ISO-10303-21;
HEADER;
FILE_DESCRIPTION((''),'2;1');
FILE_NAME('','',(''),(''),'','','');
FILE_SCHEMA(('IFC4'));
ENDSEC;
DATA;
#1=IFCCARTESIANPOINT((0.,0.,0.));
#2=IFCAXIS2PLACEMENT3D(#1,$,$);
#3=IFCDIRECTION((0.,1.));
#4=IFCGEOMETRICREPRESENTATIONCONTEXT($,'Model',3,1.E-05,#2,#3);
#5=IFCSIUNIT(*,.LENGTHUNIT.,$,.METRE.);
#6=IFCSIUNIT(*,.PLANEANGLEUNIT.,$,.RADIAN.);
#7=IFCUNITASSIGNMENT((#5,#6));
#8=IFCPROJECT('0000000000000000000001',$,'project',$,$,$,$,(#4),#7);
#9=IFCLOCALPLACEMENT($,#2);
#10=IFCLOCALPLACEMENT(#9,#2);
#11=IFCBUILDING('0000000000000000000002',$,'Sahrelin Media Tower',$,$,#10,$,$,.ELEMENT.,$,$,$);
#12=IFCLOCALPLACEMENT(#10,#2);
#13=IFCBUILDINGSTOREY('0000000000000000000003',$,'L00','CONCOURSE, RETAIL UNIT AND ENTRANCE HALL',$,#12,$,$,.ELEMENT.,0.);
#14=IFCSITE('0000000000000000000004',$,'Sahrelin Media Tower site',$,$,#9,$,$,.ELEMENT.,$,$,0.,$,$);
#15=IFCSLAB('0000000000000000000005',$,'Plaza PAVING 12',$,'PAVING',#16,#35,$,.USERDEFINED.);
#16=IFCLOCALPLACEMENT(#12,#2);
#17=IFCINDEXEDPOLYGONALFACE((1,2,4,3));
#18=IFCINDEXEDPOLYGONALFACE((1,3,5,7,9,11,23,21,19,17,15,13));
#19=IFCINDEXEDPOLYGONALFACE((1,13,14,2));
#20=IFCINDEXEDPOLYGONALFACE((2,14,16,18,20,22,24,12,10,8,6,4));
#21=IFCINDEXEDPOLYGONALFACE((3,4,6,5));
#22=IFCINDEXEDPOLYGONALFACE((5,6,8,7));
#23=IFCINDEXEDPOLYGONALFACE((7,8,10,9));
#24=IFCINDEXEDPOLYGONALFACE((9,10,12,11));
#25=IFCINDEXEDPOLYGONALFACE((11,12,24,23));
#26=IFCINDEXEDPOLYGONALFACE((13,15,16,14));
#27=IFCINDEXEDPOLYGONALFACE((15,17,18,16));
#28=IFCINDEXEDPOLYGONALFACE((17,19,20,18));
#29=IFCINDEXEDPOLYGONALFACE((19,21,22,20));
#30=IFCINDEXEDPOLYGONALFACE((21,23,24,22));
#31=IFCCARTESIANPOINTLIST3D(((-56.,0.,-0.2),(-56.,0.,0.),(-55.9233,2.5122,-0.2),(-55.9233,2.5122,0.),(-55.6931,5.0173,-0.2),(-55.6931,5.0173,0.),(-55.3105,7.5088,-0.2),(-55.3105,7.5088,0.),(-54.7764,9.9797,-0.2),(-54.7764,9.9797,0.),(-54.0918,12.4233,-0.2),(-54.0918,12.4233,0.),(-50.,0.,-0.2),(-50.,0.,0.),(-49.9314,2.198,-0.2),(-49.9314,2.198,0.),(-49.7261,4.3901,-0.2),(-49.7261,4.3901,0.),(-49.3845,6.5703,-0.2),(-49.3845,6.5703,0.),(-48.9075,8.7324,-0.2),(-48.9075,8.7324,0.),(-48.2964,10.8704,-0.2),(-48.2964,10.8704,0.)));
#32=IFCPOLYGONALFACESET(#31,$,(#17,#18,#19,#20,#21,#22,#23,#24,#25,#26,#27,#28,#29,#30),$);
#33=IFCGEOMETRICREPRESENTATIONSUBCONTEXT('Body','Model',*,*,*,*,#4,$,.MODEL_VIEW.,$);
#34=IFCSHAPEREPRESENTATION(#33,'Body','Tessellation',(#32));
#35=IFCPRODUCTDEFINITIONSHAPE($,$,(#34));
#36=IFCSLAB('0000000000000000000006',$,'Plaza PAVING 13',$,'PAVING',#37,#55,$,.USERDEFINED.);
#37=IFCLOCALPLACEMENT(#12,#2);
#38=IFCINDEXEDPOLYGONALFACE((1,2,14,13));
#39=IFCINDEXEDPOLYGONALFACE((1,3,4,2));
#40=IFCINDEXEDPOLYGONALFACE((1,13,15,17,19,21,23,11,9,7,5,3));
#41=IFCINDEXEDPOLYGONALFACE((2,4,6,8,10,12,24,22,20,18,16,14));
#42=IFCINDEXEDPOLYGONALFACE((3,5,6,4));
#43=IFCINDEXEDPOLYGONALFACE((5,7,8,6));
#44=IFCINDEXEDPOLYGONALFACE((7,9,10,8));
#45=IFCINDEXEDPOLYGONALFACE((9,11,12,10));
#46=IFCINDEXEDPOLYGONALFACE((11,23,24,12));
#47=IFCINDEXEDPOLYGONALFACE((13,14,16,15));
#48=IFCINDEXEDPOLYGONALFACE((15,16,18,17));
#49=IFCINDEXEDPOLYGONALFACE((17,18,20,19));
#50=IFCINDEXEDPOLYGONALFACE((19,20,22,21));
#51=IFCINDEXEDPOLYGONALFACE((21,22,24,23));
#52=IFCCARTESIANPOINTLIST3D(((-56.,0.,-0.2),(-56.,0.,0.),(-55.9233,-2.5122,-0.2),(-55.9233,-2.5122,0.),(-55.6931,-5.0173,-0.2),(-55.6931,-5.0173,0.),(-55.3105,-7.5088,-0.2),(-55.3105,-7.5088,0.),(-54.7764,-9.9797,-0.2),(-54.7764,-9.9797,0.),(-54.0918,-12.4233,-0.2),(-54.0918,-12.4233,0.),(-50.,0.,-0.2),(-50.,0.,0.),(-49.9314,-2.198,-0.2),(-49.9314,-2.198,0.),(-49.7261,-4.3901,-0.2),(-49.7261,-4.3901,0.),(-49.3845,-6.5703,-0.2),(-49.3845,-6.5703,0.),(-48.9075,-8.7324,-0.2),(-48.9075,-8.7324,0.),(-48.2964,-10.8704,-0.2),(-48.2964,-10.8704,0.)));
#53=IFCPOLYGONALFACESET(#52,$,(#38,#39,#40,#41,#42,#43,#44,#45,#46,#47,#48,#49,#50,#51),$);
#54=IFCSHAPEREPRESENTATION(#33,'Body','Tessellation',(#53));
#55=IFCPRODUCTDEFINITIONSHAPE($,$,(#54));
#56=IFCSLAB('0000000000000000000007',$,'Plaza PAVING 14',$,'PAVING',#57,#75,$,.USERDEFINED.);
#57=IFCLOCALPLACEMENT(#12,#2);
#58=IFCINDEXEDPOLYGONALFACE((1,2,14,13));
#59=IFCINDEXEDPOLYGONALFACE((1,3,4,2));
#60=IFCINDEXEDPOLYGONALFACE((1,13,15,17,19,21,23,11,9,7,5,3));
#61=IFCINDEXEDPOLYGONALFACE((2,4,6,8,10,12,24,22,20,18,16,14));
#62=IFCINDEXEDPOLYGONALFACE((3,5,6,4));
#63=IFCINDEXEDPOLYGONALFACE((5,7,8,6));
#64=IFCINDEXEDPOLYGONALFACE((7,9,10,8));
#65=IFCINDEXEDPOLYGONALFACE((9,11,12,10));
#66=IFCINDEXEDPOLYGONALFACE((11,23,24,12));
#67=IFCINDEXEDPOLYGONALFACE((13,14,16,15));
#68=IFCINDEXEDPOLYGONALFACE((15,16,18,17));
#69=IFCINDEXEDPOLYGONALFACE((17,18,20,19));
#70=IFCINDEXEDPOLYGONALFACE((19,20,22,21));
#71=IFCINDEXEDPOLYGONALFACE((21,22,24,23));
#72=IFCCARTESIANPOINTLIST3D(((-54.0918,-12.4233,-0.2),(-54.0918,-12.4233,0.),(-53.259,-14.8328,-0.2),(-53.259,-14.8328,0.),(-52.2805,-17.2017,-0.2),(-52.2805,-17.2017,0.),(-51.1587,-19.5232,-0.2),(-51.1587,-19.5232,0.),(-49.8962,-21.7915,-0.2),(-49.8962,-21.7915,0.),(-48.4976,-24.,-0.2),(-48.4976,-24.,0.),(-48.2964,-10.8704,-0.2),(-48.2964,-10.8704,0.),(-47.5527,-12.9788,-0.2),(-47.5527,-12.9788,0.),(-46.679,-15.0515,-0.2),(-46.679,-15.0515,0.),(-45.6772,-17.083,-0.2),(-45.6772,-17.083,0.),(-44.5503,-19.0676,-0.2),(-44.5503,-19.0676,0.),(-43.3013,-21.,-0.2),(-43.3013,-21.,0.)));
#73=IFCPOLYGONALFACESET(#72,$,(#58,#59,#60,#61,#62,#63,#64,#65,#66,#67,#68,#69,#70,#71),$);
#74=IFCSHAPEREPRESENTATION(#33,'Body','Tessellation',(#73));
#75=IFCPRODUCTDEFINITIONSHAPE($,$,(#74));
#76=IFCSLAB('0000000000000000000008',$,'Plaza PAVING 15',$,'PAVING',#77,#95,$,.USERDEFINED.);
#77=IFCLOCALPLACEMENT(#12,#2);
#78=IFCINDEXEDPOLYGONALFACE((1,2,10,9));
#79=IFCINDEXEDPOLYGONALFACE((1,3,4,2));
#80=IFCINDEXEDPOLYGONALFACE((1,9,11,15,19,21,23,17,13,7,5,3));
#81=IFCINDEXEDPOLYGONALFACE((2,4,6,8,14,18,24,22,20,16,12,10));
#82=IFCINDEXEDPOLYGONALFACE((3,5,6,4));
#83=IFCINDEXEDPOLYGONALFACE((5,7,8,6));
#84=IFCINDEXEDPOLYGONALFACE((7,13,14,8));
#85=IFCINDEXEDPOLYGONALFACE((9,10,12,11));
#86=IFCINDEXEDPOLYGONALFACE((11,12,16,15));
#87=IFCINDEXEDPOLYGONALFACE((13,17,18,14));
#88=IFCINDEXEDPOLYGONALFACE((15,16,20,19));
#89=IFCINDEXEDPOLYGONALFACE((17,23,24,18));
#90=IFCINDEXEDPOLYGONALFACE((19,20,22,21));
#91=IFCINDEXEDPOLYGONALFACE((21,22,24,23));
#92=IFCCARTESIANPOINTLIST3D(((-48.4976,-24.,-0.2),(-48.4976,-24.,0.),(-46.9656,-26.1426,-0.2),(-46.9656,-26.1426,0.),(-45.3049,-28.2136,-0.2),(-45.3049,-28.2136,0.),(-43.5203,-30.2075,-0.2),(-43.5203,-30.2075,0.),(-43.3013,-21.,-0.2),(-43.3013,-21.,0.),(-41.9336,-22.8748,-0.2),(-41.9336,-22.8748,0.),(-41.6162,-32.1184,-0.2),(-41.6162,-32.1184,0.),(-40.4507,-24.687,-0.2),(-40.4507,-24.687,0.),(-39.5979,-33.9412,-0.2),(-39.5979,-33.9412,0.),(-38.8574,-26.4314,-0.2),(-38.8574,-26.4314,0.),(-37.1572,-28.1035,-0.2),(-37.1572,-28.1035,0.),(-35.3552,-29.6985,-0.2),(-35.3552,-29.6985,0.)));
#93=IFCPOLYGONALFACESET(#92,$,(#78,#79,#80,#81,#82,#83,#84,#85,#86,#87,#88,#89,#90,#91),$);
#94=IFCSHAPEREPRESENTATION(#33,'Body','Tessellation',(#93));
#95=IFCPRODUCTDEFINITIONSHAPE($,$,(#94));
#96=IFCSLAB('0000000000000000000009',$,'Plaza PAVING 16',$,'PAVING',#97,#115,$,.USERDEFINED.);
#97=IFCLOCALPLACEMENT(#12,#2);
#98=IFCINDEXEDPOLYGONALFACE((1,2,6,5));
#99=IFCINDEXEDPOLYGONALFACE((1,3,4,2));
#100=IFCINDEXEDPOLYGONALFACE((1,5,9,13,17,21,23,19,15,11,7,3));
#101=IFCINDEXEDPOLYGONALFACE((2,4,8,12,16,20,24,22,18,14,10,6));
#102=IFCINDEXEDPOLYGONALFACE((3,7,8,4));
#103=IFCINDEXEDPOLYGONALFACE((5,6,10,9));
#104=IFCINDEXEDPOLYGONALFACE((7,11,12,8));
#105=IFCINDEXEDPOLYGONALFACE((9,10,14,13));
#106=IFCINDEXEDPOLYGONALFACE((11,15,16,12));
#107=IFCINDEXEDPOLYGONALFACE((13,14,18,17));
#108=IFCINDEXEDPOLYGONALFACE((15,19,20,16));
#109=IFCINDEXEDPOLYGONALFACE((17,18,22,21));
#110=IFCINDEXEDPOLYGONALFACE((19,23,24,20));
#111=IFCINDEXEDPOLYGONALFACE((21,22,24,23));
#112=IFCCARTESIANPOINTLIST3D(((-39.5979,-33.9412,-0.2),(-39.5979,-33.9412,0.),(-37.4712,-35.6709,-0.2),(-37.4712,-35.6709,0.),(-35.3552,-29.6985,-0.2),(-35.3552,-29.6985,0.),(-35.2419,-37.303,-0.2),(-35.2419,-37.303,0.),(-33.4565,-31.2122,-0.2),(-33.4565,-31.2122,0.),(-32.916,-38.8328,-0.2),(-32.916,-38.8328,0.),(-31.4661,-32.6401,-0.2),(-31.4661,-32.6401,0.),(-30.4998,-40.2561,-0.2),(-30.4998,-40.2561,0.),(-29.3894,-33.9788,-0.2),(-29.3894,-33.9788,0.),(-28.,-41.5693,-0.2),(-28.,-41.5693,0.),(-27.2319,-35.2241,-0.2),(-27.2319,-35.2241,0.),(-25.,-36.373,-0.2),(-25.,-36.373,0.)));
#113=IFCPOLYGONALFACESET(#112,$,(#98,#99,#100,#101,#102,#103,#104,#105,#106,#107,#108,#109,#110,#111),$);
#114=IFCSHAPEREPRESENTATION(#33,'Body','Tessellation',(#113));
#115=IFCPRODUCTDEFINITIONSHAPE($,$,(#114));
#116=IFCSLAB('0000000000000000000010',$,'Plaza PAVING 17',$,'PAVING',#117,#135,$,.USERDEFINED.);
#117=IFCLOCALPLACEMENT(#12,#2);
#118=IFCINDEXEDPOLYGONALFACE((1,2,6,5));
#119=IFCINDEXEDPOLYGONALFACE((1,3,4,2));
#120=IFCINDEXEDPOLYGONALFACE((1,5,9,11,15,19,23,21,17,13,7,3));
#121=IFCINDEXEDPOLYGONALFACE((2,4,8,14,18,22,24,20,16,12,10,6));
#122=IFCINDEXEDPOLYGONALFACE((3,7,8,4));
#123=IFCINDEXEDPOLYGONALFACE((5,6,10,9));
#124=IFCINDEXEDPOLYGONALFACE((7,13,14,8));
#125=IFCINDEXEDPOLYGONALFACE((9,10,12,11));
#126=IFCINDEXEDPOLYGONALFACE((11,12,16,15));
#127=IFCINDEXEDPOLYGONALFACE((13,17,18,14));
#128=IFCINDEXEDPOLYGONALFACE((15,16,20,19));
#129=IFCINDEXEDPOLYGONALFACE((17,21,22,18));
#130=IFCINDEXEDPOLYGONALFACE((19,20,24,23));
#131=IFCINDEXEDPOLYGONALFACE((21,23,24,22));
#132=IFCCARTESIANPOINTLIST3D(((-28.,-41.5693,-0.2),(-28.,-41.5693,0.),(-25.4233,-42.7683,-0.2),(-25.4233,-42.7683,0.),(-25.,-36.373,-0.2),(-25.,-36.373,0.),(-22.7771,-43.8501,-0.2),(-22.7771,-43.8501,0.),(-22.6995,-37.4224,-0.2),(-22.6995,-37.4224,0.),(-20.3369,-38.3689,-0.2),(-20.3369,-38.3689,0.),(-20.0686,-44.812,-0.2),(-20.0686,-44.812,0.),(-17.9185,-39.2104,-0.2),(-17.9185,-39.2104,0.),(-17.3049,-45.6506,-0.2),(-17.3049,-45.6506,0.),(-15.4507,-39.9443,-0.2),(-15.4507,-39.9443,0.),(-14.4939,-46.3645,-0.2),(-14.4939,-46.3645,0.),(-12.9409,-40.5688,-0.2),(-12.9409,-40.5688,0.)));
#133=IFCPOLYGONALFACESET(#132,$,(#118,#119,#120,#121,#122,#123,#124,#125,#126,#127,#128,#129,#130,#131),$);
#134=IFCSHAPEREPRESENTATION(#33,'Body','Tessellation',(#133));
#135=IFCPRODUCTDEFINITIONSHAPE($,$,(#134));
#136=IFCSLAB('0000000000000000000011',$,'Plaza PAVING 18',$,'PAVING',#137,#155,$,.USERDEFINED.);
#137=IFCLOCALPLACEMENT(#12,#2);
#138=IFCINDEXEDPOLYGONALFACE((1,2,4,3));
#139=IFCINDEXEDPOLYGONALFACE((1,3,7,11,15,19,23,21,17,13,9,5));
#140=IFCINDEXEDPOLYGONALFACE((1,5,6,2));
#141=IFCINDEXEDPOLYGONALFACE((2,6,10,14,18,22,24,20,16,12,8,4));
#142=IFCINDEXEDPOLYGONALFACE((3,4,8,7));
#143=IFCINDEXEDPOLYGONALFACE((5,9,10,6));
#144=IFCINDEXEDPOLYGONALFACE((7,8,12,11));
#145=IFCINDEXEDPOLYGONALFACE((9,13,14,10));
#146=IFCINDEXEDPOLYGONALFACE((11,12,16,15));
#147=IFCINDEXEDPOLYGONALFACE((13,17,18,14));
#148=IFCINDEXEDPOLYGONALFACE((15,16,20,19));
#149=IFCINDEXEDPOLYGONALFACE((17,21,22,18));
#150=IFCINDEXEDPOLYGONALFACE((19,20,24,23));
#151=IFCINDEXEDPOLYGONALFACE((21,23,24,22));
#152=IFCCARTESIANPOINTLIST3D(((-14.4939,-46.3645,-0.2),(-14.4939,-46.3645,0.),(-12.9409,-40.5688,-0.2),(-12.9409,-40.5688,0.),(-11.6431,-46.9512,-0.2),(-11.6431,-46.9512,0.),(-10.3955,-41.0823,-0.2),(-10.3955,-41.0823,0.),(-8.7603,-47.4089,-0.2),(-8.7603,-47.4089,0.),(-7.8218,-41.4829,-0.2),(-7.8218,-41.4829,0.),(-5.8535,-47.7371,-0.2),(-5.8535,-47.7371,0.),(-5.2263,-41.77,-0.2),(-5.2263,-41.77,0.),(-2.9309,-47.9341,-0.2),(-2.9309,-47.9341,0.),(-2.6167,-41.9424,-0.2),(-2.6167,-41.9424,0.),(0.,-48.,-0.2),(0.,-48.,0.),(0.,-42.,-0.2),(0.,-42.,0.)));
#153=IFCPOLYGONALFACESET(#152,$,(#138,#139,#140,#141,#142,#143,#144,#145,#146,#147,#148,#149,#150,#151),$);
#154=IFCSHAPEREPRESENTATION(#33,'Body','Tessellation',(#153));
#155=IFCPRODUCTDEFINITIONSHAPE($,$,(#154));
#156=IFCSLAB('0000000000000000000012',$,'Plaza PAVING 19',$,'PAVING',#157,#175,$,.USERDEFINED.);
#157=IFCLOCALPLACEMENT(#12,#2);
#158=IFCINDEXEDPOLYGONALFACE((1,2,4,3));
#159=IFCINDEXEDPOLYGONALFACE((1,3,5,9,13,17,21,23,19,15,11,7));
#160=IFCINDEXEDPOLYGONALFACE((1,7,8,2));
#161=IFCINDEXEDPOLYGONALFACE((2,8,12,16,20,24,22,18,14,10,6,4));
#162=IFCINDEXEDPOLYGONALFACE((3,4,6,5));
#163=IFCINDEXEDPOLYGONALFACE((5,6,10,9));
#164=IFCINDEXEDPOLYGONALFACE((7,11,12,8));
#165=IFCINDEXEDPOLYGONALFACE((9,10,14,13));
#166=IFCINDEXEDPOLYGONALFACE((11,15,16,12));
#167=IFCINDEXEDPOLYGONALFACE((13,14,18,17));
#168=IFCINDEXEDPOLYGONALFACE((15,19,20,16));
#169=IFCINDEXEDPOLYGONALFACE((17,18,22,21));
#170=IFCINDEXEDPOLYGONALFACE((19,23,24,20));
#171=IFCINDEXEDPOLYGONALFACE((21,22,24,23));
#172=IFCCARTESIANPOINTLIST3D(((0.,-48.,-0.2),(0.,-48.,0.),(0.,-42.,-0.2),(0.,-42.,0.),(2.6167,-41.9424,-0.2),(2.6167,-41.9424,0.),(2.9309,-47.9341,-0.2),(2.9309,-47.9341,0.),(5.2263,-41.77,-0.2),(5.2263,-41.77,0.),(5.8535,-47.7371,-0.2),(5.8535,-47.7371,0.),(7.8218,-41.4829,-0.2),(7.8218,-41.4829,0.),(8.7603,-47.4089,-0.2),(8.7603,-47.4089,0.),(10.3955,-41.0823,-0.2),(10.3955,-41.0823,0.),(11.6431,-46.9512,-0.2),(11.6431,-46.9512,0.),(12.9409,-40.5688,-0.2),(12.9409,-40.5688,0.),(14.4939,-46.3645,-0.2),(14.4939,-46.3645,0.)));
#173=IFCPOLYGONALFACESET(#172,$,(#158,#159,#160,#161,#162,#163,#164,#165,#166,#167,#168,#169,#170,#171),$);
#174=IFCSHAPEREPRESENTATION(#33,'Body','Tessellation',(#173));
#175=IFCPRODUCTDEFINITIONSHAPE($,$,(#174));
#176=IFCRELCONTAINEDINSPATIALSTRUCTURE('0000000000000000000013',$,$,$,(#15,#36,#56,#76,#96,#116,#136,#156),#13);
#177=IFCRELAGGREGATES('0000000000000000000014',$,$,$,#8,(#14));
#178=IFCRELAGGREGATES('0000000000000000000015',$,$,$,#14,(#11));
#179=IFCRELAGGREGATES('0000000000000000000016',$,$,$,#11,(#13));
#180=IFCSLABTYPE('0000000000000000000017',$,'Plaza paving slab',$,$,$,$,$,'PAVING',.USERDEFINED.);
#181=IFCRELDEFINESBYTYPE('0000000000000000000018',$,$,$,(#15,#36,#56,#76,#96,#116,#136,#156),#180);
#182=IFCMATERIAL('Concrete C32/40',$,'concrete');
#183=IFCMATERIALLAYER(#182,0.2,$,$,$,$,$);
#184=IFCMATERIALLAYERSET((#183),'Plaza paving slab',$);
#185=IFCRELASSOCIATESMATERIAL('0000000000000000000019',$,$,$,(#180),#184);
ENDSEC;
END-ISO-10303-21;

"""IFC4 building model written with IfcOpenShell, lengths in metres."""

from ifc_helpers import new_model, si_unit, direction, frame, origin, place, context, subcontext, project, spatial, polyline, outline, extrude, material, layer, layer_set, type_object, element, save


model = new_model("IFC4")

# Units and contexts
model_context = context("Model", 3, precision=1e-05, world=origin(), true_north=direction((0.0, 1.0)))
body_context = subcontext(model_context, "Body", "Model", "MODEL_VIEW")
ifc_project = project(units=[si_unit("LENGTHUNIT", "METRE"), si_unit("PLANEANGLEUNIT", "RADIAN")], contexts=[model_context])

# Site, building, storey
site_placement = place(None, origin())
site = spatial("IfcSite", under=ifc_project, at=site_placement, Name="Sahrelin Media Tower site", CompositionType="ELEMENT", RefElevation=0.0)
building_placement = place(site_placement, origin())
building = spatial("IfcBuilding", under=site, at=building_placement, Name="Sahrelin Media Tower", CompositionType="ELEMENT")
storey_placement = place(building_placement, origin())
storey = spatial("IfcBuildingStorey", under=building, at=storey_placement, Name="L00", Description="CONCOURSE, RETAIL UNIT AND ENTRANCE HALL", CompositionType="ELEMENT", Elevation=0.0)

# Slabs
ifc_material_1 = material(Name="Concrete C32/40", Category="concrete")
ifc_layer_1 = layer(ifc_material_1, 0.2)
ifc_layer_set_1 = layer_set([ifc_layer_1], Name="Plaza paving slab")
slab_type = type_object("IfcSlabType", Name="Plaza paving slab", ElementType="PAVING", PredefinedType="USERDEFINED", material=ifc_layer_set_1)
placement = place(storey_placement, frame((0.0, 0.0, -0.2)))
element("IfcSlab", 1, at=placement, inside=storey, type_object=slab_type, Name="Plaza PAVING 12", ObjectType="PAVING", PredefinedType="USERDEFINED", context=body_context, shape_type="SweptSolid", body=[
    extrude(outline(polyline([(-48.2964, 10.8704), (-48.9075, 8.7324), (-49.3845, 6.5703), (-49.7261, 4.3901), (-49.9314, 2.198), (-50.0, 0.0), (-56.0, 0.0), (-55.9233, 2.5122), (-55.6931, 5.0173), (-55.3105, 7.5088), (-54.7764, 9.9797), (-54.0918, 12.4233), (-48.2964, 10.8704)])), origin(), (0.0, 0.0, 1.0), 0.2),
])
element("IfcSlab", 2, at=placement, inside=storey, type_object=slab_type, Name="Plaza PAVING 13", ObjectType="PAVING", PredefinedType="USERDEFINED", context=body_context, shape_type="SweptSolid", body=[
    extrude(outline(polyline([(-50.0, 0.0), (-49.9314, -2.198), (-49.7261, -4.3901), (-49.3845, -6.5703), (-48.9075, -8.7324), (-48.2964, -10.8704), (-54.0918, -12.4233), (-54.7764, -9.9797), (-55.3105, -7.5088), (-55.6931, -5.0173), (-55.9233, -2.5122), (-56.0, 0.0), (-50.0, 0.0)])), origin(), (0.0, 0.0, 1.0), 0.2),
])
element("IfcSlab", 3, at=placement, inside=storey, type_object=slab_type, Name="Plaza PAVING 14", ObjectType="PAVING", PredefinedType="USERDEFINED", context=body_context, shape_type="SweptSolid", body=[
    extrude(outline(polyline([(-48.2964, -10.8704), (-47.5527, -12.9788), (-46.679, -15.0515), (-45.6772, -17.083), (-44.5503, -19.0676), (-43.3013, -21.0), (-48.4976, -24.0), (-49.8962, -21.7915), (-51.1587, -19.5232), (-52.2805, -17.2017), (-53.259, -14.8328), (-54.0918, -12.4233), (-48.2964, -10.8704)])), origin(), (0.0, 0.0, 1.0), 0.2),
])
element("IfcSlab", 4, at=placement, inside=storey, type_object=slab_type, Name="Plaza PAVING 15", ObjectType="PAVING", PredefinedType="USERDEFINED", context=body_context, shape_type="SweptSolid", body=[
    extrude(outline(polyline([(-43.3013, -21.0), (-41.9336, -22.8748), (-40.4507, -24.687), (-38.8574, -26.4314), (-37.1572, -28.1035), (-35.3552, -29.6985), (-39.5979, -33.9412), (-41.6162, -32.1184), (-43.5203, -30.2075), (-45.3049, -28.2136), (-46.9656, -26.1426), (-48.4976, -24.0), (-43.3013, -21.0)])), origin(), (0.0, 0.0, 1.0), 0.2),
])
element("IfcSlab", 5, at=placement, inside=storey, type_object=slab_type, Name="Plaza PAVING 16", ObjectType="PAVING", PredefinedType="USERDEFINED", context=body_context, shape_type="SweptSolid", body=[
    extrude(outline(polyline([(-35.3552, -29.6985), (-33.4565, -31.2122), (-31.4661, -32.6401), (-29.3894, -33.9788), (-27.2319, -35.2241), (-25.0, -36.373), (-28.0, -41.5693), (-30.4998, -40.2561), (-32.916, -38.8328), (-35.2419, -37.303), (-37.4712, -35.6709), (-39.5979, -33.9412), (-35.3552, -29.6985)])), origin(), (0.0, 0.0, 1.0), 0.2),
])
element("IfcSlab", 6, at=placement, inside=storey, type_object=slab_type, Name="Plaza PAVING 17", ObjectType="PAVING", PredefinedType="USERDEFINED", context=body_context, shape_type="SweptSolid", body=[
    extrude(outline(polyline([(-25.0, -36.373), (-22.6995, -37.4224), (-20.3369, -38.3689), (-17.9185, -39.2104), (-15.4507, -39.9443), (-12.9409, -40.5688), (-14.4939, -46.3645), (-17.3049, -45.6506), (-20.0686, -44.812), (-22.7771, -43.8501), (-25.4233, -42.7683), (-28.0, -41.5693), (-25.0, -36.373)])), origin(), (0.0, 0.0, 1.0), 0.2),
])
element("IfcSlab", 7, at=placement, inside=storey, type_object=slab_type, Name="Plaza PAVING 18", ObjectType="PAVING", PredefinedType="USERDEFINED", context=body_context, shape_type="SweptSolid", body=[
    extrude(outline(polyline([(-12.9409, -40.5688), (-10.3955, -41.0823), (-7.8218, -41.4829), (-5.2263, -41.77), (-2.6167, -41.9424), (0.0, -42.0), (0.0, -48.0), (-2.9309, -47.9341), (-5.8535, -47.7371), (-8.7603, -47.4089), (-11.6431, -46.9512), (-14.4939, -46.3645), (-12.9409, -40.5688)])), origin(), (0.0, 0.0, 1.0), 0.2),
])
element("IfcSlab", 8, at=placement, inside=storey, type_object=slab_type, Name="Plaza PAVING 19", ObjectType="PAVING", PredefinedType="USERDEFINED", context=body_context, shape_type="SweptSolid", body=[
    extrude(outline(polyline([(0.0, -42.0), (2.6167, -41.9424), (5.2263, -41.77), (7.8218, -41.4829), (10.3955, -41.0823), (12.9409, -40.5688), (14.4939, -46.3645), (11.6431, -46.9512), (8.7603, -47.4089), (5.8535, -47.7371), (2.9309, -47.9341), (0.0, -48.0), (0.0, -42.0)])), origin(), (0.0, 0.0, 1.0), 0.2),
])

save(model, "model.ifc")
